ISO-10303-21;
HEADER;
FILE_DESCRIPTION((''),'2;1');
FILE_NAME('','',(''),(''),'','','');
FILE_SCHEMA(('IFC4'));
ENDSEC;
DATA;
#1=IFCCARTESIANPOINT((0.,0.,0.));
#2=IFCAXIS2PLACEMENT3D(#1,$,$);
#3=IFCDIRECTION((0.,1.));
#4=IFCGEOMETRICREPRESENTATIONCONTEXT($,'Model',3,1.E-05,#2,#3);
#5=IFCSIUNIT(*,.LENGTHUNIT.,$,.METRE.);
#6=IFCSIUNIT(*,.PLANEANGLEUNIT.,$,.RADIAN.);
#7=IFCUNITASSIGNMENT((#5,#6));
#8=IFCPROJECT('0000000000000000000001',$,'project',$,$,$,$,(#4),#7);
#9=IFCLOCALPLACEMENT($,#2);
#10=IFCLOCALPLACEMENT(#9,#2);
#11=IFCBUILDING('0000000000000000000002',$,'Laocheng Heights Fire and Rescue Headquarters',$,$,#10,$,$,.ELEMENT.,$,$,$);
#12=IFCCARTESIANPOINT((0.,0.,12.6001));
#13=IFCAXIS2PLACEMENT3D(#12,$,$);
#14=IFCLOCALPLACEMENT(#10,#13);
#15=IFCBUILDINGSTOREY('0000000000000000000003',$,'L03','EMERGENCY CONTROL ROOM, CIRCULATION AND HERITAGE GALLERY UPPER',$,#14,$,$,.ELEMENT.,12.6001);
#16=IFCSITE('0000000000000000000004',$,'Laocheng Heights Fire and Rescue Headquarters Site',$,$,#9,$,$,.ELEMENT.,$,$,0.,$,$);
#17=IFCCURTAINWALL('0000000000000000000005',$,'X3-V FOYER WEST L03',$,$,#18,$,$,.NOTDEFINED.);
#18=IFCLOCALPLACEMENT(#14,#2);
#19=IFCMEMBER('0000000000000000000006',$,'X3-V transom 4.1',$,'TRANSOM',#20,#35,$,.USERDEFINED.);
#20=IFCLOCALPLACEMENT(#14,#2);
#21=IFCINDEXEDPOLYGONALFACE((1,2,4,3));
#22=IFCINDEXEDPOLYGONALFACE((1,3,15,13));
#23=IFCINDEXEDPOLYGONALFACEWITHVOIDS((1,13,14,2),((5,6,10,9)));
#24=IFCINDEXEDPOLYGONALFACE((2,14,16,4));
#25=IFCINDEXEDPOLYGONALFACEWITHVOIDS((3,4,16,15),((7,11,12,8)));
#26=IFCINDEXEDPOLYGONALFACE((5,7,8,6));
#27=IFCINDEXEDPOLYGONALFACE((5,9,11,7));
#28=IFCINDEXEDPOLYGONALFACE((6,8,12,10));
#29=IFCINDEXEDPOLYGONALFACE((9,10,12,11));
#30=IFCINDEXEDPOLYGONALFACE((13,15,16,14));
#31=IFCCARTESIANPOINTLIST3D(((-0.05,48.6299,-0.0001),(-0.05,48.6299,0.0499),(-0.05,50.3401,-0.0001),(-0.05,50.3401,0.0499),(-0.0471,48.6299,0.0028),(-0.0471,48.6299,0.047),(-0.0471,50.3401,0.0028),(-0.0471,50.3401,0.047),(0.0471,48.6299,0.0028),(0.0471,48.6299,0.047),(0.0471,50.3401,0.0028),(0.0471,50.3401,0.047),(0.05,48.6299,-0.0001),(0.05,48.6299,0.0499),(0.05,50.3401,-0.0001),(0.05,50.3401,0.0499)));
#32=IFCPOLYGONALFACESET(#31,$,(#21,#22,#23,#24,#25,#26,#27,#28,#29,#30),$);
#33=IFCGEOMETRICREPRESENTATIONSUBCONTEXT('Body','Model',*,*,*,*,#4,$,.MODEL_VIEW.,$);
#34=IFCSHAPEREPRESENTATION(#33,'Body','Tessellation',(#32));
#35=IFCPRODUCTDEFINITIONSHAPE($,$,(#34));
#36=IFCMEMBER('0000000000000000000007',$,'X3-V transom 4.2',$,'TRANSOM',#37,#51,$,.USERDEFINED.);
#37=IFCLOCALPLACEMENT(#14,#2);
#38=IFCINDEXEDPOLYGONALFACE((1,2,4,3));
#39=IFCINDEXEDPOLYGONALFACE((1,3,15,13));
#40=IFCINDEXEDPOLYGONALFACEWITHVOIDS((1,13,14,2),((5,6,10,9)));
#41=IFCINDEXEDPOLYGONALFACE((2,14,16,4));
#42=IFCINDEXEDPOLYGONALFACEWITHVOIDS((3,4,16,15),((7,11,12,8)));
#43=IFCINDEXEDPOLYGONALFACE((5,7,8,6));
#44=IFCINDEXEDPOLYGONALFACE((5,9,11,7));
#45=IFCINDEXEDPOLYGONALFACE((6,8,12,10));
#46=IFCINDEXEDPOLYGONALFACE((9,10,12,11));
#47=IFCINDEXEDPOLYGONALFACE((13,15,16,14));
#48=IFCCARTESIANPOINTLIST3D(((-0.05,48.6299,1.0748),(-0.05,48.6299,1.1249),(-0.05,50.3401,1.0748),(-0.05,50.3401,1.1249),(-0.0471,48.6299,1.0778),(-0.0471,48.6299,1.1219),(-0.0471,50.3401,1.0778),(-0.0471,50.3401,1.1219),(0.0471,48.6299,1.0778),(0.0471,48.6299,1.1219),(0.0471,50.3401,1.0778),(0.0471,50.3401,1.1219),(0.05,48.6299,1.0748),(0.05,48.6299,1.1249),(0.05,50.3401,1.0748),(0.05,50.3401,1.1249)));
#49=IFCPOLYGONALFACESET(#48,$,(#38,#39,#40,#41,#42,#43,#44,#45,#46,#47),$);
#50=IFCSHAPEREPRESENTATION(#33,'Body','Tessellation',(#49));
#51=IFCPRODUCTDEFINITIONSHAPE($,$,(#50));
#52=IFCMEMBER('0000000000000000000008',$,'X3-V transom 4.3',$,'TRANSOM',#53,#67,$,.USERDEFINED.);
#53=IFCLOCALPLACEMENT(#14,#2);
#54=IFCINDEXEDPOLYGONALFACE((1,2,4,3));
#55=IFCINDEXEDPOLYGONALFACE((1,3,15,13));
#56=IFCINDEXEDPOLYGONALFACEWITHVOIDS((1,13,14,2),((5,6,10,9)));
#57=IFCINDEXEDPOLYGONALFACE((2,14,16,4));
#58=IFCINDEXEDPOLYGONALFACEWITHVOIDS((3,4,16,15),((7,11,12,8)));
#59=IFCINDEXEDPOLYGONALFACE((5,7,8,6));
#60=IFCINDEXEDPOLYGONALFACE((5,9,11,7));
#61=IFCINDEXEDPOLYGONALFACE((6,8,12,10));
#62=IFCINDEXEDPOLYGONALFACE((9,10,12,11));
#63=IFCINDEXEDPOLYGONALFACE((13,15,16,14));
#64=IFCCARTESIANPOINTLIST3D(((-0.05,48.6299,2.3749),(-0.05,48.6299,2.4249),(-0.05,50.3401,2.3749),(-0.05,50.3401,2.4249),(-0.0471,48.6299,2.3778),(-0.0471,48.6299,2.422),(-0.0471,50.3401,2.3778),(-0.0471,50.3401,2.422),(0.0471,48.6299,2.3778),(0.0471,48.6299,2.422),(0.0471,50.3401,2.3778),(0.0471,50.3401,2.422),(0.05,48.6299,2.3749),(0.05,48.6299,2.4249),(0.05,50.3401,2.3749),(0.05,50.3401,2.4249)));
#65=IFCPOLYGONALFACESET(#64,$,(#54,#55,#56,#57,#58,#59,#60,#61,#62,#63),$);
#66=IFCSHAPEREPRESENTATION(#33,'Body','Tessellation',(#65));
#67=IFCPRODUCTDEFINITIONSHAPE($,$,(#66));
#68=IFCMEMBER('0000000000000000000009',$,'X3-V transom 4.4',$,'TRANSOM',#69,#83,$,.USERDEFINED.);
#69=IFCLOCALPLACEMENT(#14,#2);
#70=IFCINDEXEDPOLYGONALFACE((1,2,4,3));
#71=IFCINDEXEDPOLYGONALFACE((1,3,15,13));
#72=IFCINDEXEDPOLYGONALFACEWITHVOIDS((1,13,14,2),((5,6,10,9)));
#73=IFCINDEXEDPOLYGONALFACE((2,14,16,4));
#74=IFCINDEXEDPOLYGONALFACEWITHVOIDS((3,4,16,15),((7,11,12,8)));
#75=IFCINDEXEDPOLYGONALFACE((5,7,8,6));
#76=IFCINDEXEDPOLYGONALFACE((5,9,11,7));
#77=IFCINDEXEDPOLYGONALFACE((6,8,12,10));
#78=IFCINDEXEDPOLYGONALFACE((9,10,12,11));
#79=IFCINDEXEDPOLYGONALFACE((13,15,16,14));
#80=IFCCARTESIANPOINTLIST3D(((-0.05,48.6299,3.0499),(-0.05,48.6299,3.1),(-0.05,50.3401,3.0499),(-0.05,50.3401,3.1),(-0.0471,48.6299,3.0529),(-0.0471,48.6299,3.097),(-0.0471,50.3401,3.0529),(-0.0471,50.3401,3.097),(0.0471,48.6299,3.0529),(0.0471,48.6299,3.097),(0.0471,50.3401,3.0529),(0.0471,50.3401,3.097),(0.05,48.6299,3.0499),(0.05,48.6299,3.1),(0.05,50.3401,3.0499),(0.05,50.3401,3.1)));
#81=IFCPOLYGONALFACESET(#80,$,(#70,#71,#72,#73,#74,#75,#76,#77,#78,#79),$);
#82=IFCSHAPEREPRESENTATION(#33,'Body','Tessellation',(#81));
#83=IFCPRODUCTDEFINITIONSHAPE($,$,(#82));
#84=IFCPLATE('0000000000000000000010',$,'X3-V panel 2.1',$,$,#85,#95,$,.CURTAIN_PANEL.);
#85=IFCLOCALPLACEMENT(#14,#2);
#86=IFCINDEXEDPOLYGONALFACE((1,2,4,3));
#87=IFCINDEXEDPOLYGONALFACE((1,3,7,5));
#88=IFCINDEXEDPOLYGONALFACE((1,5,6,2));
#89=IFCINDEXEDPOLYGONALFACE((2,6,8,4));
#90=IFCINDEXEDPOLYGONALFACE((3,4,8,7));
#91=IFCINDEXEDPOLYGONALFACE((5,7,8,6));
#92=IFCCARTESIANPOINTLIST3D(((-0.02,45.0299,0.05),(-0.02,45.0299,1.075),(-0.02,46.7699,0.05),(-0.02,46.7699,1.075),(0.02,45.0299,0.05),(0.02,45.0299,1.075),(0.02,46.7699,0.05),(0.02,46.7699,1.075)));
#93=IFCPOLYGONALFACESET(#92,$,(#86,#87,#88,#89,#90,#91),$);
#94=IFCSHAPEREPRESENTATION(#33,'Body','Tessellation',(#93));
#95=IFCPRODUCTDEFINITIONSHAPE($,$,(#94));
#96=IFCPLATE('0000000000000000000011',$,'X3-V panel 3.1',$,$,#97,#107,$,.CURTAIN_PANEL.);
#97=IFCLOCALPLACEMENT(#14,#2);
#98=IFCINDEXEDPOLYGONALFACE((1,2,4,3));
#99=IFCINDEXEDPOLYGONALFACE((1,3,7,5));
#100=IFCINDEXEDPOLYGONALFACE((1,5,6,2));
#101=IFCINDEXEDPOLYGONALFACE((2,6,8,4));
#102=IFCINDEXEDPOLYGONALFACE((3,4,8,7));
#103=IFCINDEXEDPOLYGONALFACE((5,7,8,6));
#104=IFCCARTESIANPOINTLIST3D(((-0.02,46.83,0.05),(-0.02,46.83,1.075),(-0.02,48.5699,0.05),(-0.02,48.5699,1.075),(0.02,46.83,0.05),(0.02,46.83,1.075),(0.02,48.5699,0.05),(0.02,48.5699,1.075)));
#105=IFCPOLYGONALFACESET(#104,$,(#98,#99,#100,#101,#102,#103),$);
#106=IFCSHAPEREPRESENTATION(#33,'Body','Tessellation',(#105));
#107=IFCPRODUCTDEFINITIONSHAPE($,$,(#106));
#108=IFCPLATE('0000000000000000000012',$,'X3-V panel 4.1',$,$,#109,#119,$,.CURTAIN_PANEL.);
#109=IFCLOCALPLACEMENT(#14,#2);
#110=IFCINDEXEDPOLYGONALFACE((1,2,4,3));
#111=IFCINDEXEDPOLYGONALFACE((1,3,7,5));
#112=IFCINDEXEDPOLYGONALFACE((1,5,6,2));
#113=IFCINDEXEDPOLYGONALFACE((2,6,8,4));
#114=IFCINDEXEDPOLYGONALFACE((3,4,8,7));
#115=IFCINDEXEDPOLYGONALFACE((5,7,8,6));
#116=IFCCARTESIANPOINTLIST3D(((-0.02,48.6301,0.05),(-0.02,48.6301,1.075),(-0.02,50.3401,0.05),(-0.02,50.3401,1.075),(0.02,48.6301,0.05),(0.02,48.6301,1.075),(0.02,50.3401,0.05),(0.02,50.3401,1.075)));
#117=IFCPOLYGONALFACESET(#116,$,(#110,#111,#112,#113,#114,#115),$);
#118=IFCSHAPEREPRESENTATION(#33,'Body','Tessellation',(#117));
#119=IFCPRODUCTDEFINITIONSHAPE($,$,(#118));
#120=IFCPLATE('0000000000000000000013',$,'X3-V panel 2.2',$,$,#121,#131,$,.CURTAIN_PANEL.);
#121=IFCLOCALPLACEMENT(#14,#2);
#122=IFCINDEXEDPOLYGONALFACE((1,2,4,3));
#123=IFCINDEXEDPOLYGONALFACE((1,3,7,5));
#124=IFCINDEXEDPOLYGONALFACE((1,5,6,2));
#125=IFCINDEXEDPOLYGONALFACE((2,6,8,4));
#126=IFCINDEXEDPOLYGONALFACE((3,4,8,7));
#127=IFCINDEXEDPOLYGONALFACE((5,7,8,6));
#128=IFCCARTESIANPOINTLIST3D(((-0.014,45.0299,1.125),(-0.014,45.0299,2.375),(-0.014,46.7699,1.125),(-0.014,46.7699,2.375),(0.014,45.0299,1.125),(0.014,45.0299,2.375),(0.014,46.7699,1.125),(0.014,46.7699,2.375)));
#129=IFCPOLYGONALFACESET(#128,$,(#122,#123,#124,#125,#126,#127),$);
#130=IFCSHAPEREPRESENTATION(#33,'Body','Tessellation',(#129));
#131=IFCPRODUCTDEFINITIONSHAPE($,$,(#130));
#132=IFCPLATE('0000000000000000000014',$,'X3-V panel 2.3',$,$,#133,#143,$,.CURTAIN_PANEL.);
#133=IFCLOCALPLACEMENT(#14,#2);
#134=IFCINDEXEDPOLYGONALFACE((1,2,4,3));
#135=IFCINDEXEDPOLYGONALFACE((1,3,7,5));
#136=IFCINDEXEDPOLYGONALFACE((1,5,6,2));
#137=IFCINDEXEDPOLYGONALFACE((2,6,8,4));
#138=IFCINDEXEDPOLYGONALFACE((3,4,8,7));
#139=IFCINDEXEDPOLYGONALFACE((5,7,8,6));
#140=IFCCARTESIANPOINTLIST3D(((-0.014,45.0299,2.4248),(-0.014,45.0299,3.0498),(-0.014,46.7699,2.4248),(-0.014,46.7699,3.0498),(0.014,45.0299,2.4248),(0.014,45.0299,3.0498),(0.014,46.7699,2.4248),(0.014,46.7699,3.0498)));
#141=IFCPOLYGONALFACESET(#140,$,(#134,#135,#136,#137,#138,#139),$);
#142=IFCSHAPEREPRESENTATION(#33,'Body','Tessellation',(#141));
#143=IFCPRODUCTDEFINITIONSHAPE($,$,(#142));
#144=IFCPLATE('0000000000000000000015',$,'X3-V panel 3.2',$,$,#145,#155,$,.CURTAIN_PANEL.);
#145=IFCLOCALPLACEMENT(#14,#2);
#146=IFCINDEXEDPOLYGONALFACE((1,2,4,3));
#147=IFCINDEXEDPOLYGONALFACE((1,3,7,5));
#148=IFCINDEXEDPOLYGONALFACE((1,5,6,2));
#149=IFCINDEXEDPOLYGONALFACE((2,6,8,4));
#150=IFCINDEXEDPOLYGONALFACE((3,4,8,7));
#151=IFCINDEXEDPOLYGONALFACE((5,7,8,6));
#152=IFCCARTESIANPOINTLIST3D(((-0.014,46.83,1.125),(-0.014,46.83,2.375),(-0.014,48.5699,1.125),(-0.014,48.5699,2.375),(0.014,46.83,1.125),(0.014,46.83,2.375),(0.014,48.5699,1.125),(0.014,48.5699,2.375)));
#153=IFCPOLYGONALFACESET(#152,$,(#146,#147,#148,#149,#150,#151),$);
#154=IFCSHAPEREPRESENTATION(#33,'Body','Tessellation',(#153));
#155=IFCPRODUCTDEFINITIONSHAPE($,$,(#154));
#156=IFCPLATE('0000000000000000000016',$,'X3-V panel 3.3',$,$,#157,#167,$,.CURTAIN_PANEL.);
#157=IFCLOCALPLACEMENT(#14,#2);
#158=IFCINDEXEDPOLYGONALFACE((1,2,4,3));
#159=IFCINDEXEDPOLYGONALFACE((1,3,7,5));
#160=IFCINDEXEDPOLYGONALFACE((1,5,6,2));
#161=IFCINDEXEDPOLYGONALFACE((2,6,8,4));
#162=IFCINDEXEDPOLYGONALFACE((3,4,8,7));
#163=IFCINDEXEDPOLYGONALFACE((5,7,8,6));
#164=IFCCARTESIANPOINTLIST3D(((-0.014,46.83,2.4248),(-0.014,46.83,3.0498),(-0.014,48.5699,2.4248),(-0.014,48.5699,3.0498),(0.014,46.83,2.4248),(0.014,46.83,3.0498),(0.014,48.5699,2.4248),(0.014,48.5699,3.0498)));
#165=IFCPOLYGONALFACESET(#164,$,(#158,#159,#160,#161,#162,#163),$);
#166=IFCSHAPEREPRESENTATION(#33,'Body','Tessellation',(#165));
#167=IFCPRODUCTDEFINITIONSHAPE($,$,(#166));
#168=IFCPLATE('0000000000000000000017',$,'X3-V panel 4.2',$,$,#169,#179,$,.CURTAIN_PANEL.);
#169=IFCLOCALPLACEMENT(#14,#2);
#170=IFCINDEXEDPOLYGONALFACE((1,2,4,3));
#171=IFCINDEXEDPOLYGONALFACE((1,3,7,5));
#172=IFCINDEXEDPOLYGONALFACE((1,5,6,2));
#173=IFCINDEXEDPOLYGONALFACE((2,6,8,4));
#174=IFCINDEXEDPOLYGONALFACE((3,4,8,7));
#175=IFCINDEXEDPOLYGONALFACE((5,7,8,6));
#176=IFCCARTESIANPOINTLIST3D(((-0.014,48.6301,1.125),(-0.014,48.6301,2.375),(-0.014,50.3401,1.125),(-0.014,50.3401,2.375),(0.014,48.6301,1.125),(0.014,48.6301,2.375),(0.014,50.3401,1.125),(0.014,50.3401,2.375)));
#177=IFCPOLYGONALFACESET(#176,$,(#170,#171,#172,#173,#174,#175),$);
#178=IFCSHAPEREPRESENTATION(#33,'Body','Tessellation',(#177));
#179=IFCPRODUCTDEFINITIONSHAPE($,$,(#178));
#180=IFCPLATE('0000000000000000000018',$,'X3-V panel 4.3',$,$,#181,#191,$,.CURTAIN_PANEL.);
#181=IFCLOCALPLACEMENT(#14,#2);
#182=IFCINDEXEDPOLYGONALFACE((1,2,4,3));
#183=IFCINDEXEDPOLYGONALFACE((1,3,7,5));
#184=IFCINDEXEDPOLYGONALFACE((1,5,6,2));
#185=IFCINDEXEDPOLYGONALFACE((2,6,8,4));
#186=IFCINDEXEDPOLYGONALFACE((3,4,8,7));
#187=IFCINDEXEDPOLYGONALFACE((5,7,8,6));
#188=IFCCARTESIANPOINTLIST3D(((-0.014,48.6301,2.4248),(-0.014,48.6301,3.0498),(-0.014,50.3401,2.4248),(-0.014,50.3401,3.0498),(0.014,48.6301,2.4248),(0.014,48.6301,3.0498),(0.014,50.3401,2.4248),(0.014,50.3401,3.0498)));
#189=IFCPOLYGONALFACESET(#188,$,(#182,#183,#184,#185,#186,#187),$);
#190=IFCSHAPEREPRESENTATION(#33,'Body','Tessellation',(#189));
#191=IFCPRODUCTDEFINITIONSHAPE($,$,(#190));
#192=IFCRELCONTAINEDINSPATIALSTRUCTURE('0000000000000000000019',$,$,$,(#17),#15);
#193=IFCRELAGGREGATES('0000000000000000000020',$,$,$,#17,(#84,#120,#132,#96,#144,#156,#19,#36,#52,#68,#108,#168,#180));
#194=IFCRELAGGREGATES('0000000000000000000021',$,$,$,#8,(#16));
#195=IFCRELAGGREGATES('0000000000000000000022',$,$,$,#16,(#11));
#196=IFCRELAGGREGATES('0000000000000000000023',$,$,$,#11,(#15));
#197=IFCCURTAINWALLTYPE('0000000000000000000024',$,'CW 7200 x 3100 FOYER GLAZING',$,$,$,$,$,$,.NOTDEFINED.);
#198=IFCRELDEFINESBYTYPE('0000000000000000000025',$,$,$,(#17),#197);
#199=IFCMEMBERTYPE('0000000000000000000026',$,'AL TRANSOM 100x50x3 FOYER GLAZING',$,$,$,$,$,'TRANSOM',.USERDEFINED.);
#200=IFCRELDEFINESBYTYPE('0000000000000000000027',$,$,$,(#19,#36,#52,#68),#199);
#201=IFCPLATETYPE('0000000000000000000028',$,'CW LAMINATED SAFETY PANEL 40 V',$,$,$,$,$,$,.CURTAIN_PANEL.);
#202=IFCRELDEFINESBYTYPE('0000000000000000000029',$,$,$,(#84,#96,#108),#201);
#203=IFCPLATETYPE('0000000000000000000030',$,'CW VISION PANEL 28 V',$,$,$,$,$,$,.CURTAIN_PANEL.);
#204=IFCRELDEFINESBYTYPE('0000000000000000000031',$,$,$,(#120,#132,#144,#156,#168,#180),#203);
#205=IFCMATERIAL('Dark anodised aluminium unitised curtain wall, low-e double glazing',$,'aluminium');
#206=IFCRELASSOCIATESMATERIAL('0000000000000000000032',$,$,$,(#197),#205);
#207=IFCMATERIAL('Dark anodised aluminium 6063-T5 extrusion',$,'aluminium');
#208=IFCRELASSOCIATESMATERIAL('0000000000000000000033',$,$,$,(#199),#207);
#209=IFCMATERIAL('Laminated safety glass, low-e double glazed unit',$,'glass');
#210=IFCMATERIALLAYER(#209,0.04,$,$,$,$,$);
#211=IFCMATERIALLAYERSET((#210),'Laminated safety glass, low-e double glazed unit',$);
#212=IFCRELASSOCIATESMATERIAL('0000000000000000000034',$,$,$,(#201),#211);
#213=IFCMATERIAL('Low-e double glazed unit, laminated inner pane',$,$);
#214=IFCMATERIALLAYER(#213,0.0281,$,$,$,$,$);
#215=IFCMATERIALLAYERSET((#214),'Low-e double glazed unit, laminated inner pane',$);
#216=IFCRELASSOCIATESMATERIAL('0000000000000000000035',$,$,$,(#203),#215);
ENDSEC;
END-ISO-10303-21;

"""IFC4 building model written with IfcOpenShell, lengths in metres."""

from ifc_helpers import new_model, si_unit, direction, frame, origin, origin_2d, place, context, subcontext, project, spatial, rectangle, hollow_rectangle, extrude, material, layer, layer_set, material_profile, profile_set, type_object, element, aggregate, save


model = new_model("IFC4")

# Units and contexts
model_context = context("Model", 3, precision=1e-05, world=origin(), true_north=direction((0.0, 1.0)))
body_context = subcontext(model_context, "Body", "Model", "MODEL_VIEW")
ifc_project = project(units=[si_unit("LENGTHUNIT", "METRE"), si_unit("PLANEANGLEUNIT", "RADIAN")], contexts=[model_context])

# Site, building, storey
site_placement = place(None, origin())
site = spatial("IfcSite", under=ifc_project, at=site_placement, Name="Laocheng Heights Fire and Rescue Headquarters Site", CompositionType="ELEMENT", RefElevation=0.0)
building_placement = place(site_placement, origin())
building = spatial("IfcBuilding", under=site, at=building_placement, Name="Laocheng Heights Fire and Rescue Headquarters", CompositionType="ELEMENT")
storey_placement = place(building_placement, frame((0.0, 0.0, 12.6001)))
storey = spatial("IfcBuildingStorey", under=building, at=storey_placement, Name="L03", Description="EMERGENCY CONTROL ROOM, CIRCULATION AND HERITAGE GALLERY UPPER", CompositionType="ELEMENT", Elevation=12.6001)

# Curtain wall, members, plates
ifc_material_1 = material(Name="Dark anodised aluminium unitised curtain wall, low-e double glazing", Category="aluminium")
curtain_wall_type = type_object("IfcCurtainWallType", Name="CW 7200 x 3100 FOYER GLAZING", PredefinedType="NOTDEFINED", material=ifc_material_1)
curtain_wall_placement = place(storey_placement, origin())
curtain_wall = element("IfcCurtainWall", 1, at=curtain_wall_placement, inside=storey, type_object=curtain_wall_type, Name="X3-V FOYER WEST L03", PredefinedType="NOTDEFINED")
ifc_material_2 = material(Name="Dark anodised aluminium 6063-T5 extrusion", Category="aluminium")
ifc_material_profile_1 = material_profile(ifc_material_2, hollow_rectangle(XDim=0.1001, YDim=0.05, WallThickness=0.0029, at=origin_2d()), Name="AL TRANSOM 100x50x3 FOYER GLAZING")
ifc_profile_set_1 = profile_set([ifc_material_profile_1], Name="Dark anodised aluminium 6063-T5 extrusion")
member_type_1 = type_object("IfcMemberType", Name="AL TRANSOM 100x50x3 FOYER GLAZING", ElementType="TRANSOM", PredefinedType="USERDEFINED", material=ifc_profile_set_1)
member_1_placement = place(storey_placement, frame((0.0, 48.6299, 0.0249), z_axis=(0.0, 1.0, 0.0), x_axis=(-1.0, 0.0, 0.0)))
member_1 = element("IfcMember", 2, at=member_1_placement, type_object=member_type_1, Name="X3-V transom 4.1", ObjectType="TRANSOM", PredefinedType="USERDEFINED", context=body_context, shape_type="SweptSolid", body=[
    extrude(hollow_rectangle(XDim=0.1001, YDim=0.05, WallThickness=0.0029, at=origin_2d()), origin(), (0.0, 0.0, 1.0), 1.7102),
])
member_2_placement = place(storey_placement, frame((0.0, 48.6299, 1.0999), z_axis=(0.0, 1.0, 0.0), x_axis=(-1.0, 0.0, 0.0)))
member_2 = element("IfcMember", 3, at=member_2_placement, type_object=member_type_1, Name="X3-V transom 4.2", ObjectType="TRANSOM", PredefinedType="USERDEFINED", context=body_context, shape_type="SweptSolid", body=[
    extrude(hollow_rectangle(XDim=0.1001, YDim=0.05, WallThickness=0.0029, at=origin_2d()), origin(), (0.0, 0.0, 1.0), 1.7102),
])
member_3_placement = place(storey_placement, frame((0.0, 48.6299, 2.3999), z_axis=(0.0, 1.0, 0.0), x_axis=(-1.0, 0.0, 0.0)))
member_3 = element("IfcMember", 4, at=member_3_placement, type_object=member_type_1, Name="X3-V transom 4.3", ObjectType="TRANSOM", PredefinedType="USERDEFINED", context=body_context, shape_type="SweptSolid", body=[
    extrude(hollow_rectangle(XDim=0.1001, YDim=0.05, WallThickness=0.0029, at=origin_2d()), origin(), (0.0, 0.0, 1.0), 1.7102),
])
member_4_placement = place(storey_placement, frame((0.0, 48.6299, 3.075), z_axis=(0.0, 1.0, 0.0), x_axis=(-1.0, 0.0, 0.0)))
member_4 = element("IfcMember", 5, at=member_4_placement, type_object=member_type_1, Name="X3-V transom 4.4", ObjectType="TRANSOM", PredefinedType="USERDEFINED", context=body_context, shape_type="SweptSolid", body=[
    extrude(hollow_rectangle(XDim=0.1001, YDim=0.05, WallThickness=0.0029, at=origin_2d()), origin(), (0.0, 0.0, 1.0), 1.7102),
])
ifc_material_3 = material(Name="Laminated safety glass, low-e double glazed unit", Category="glass")
ifc_layer_1 = layer(ifc_material_3, 0.04)
ifc_layer_set_1 = layer_set([ifc_layer_1], Name="Laminated safety glass, low-e double glazed unit")
plate_type_1 = type_object("IfcPlateType", Name="CW LAMINATED SAFETY PANEL 40 V", PredefinedType="CURTAIN_PANEL", material=ifc_layer_set_1)
plate_1_placement = place(storey_placement, frame((0.0, 45.8999, 0.05), z_axis=(0.0, 0.0, 1.0), x_axis=(0.0, 1.0, 0.0)))
plate_1 = element("IfcPlate", 6, at=plate_1_placement, type_object=plate_type_1, Name="X3-V panel 2.1", PredefinedType="CURTAIN_PANEL", context=body_context, shape_type="SweptSolid", body=[
    extrude(rectangle(XDim=1.74, YDim=0.04, at=origin_2d()), origin(), (0.0, 0.0, 1.0), 1.0249),
])
plate_2_placement = place(storey_placement, frame((0.0, 47.7, 0.05), z_axis=(0.0, 0.0, 1.0), x_axis=(0.0, 1.0, 0.0)))
plate_2 = element("IfcPlate", 7, at=plate_2_placement, type_object=plate_type_1, Name="X3-V panel 3.1", PredefinedType="CURTAIN_PANEL", context=body_context, shape_type="SweptSolid", body=[
    extrude(rectangle(XDim=1.74, YDim=0.04, at=origin_2d()), origin(), (0.0, 0.0, 1.0), 1.0249),
])
plate_3_placement = place(storey_placement, frame((0.0, 49.4851, 0.05), z_axis=(0.0, 0.0, 1.0), x_axis=(0.0, 1.0, 0.0)))
plate_3 = element("IfcPlate", 8, at=plate_3_placement, type_object=plate_type_1, Name="X3-V panel 4.1", PredefinedType="CURTAIN_PANEL", context=body_context, shape_type="SweptSolid", body=[
    extrude(rectangle(XDim=1.71, YDim=0.04, at=origin_2d()), origin(), (0.0, 0.0, 1.0), 1.0249),
])
ifc_material_4 = material(Name="Low-e double glazed unit, laminated inner pane")
ifc_layer_2 = layer(ifc_material_4, 0.0281)
ifc_layer_set_2 = layer_set([ifc_layer_2], Name="Low-e double glazed unit, laminated inner pane")
plate_type_2 = type_object("IfcPlateType", Name="CW VISION PANEL 28 V", PredefinedType="CURTAIN_PANEL", material=ifc_layer_set_2)
plate_4_placement = place(storey_placement, frame((0.0, 45.8999, 1.125), z_axis=(0.0, 0.0, 1.0), x_axis=(0.0, 1.0, 0.0)))
plate_4 = element("IfcPlate", 9, at=plate_4_placement, type_object=plate_type_2, Name="X3-V panel 2.2", PredefinedType="CURTAIN_PANEL", context=body_context, shape_type="SweptSolid", body=[
    extrude(rectangle(XDim=1.74, YDim=0.0281, at=origin_2d()), origin(), (0.0, 0.0, 1.0), 1.25),
])
plate_5_placement = place(storey_placement, frame((0.0, 45.8999, 2.4248), z_axis=(0.0, 0.0, 1.0), x_axis=(0.0, 1.0, 0.0)))
plate_5 = element("IfcPlate", 10, at=plate_5_placement, type_object=plate_type_2, Name="X3-V panel 2.3", PredefinedType="CURTAIN_PANEL", context=body_context, shape_type="SweptSolid", body=[
    extrude(rectangle(XDim=1.74, YDim=0.0281, at=origin_2d()), origin(), (0.0, 0.0, 1.0), 0.625),
])
plate_6_placement = place(storey_placement, frame((0.0, 47.7, 1.125), z_axis=(0.0, 0.0, 1.0), x_axis=(0.0, 1.0, 0.0)))
plate_6 = element("IfcPlate", 11, at=plate_6_placement, type_object=plate_type_2, Name="X3-V panel 3.2", PredefinedType="CURTAIN_PANEL", context=body_context, shape_type="SweptSolid", body=[
    extrude(rectangle(XDim=1.74, YDim=0.0281, at=origin_2d()), origin(), (0.0, 0.0, 1.0), 1.25),
])
plate_7_placement = place(storey_placement, frame((0.0, 47.7, 2.4248), z_axis=(0.0, 0.0, 1.0), x_axis=(0.0, 1.0, 0.0)))
plate_7 = element("IfcPlate", 12, at=plate_7_placement, type_object=plate_type_2, Name="X3-V panel 3.3", PredefinedType="CURTAIN_PANEL", context=body_context, shape_type="SweptSolid", body=[
    extrude(rectangle(XDim=1.74, YDim=0.0281, at=origin_2d()), origin(), (0.0, 0.0, 1.0), 0.625),
])
plate_8_placement = place(storey_placement, frame((0.0, 49.4851, 1.125), z_axis=(0.0, 0.0, 1.0), x_axis=(0.0, 1.0, 0.0)))
plate_8 = element("IfcPlate", 13, at=plate_8_placement, type_object=plate_type_2, Name="X3-V panel 4.2", PredefinedType="CURTAIN_PANEL", context=body_context, shape_type="SweptSolid", body=[
    extrude(rectangle(XDim=1.71, YDim=0.0281, at=origin_2d()), origin(), (0.0, 0.0, 1.0), 1.25),
])
plate_9_placement = place(storey_placement, frame((0.0, 49.4851, 2.4248), z_axis=(0.0, 0.0, 1.0), x_axis=(0.0, 1.0, 0.0)))
plate_9 = element("IfcPlate", 14, at=plate_9_placement, type_object=plate_type_2, Name="X3-V panel 4.3", PredefinedType="CURTAIN_PANEL", context=body_context, shape_type="SweptSolid", body=[
    extrude(rectangle(XDim=1.71, YDim=0.0281, at=origin_2d()), origin(), (0.0, 0.0, 1.0), 0.625),
])
aggregate(curtain_wall, [plate_1, plate_4, plate_5, plate_2, plate_6, plate_7, member_1, member_2, member_3, member_4, plate_3, plate_8, plate_9])

save(model, "model.ifc")
